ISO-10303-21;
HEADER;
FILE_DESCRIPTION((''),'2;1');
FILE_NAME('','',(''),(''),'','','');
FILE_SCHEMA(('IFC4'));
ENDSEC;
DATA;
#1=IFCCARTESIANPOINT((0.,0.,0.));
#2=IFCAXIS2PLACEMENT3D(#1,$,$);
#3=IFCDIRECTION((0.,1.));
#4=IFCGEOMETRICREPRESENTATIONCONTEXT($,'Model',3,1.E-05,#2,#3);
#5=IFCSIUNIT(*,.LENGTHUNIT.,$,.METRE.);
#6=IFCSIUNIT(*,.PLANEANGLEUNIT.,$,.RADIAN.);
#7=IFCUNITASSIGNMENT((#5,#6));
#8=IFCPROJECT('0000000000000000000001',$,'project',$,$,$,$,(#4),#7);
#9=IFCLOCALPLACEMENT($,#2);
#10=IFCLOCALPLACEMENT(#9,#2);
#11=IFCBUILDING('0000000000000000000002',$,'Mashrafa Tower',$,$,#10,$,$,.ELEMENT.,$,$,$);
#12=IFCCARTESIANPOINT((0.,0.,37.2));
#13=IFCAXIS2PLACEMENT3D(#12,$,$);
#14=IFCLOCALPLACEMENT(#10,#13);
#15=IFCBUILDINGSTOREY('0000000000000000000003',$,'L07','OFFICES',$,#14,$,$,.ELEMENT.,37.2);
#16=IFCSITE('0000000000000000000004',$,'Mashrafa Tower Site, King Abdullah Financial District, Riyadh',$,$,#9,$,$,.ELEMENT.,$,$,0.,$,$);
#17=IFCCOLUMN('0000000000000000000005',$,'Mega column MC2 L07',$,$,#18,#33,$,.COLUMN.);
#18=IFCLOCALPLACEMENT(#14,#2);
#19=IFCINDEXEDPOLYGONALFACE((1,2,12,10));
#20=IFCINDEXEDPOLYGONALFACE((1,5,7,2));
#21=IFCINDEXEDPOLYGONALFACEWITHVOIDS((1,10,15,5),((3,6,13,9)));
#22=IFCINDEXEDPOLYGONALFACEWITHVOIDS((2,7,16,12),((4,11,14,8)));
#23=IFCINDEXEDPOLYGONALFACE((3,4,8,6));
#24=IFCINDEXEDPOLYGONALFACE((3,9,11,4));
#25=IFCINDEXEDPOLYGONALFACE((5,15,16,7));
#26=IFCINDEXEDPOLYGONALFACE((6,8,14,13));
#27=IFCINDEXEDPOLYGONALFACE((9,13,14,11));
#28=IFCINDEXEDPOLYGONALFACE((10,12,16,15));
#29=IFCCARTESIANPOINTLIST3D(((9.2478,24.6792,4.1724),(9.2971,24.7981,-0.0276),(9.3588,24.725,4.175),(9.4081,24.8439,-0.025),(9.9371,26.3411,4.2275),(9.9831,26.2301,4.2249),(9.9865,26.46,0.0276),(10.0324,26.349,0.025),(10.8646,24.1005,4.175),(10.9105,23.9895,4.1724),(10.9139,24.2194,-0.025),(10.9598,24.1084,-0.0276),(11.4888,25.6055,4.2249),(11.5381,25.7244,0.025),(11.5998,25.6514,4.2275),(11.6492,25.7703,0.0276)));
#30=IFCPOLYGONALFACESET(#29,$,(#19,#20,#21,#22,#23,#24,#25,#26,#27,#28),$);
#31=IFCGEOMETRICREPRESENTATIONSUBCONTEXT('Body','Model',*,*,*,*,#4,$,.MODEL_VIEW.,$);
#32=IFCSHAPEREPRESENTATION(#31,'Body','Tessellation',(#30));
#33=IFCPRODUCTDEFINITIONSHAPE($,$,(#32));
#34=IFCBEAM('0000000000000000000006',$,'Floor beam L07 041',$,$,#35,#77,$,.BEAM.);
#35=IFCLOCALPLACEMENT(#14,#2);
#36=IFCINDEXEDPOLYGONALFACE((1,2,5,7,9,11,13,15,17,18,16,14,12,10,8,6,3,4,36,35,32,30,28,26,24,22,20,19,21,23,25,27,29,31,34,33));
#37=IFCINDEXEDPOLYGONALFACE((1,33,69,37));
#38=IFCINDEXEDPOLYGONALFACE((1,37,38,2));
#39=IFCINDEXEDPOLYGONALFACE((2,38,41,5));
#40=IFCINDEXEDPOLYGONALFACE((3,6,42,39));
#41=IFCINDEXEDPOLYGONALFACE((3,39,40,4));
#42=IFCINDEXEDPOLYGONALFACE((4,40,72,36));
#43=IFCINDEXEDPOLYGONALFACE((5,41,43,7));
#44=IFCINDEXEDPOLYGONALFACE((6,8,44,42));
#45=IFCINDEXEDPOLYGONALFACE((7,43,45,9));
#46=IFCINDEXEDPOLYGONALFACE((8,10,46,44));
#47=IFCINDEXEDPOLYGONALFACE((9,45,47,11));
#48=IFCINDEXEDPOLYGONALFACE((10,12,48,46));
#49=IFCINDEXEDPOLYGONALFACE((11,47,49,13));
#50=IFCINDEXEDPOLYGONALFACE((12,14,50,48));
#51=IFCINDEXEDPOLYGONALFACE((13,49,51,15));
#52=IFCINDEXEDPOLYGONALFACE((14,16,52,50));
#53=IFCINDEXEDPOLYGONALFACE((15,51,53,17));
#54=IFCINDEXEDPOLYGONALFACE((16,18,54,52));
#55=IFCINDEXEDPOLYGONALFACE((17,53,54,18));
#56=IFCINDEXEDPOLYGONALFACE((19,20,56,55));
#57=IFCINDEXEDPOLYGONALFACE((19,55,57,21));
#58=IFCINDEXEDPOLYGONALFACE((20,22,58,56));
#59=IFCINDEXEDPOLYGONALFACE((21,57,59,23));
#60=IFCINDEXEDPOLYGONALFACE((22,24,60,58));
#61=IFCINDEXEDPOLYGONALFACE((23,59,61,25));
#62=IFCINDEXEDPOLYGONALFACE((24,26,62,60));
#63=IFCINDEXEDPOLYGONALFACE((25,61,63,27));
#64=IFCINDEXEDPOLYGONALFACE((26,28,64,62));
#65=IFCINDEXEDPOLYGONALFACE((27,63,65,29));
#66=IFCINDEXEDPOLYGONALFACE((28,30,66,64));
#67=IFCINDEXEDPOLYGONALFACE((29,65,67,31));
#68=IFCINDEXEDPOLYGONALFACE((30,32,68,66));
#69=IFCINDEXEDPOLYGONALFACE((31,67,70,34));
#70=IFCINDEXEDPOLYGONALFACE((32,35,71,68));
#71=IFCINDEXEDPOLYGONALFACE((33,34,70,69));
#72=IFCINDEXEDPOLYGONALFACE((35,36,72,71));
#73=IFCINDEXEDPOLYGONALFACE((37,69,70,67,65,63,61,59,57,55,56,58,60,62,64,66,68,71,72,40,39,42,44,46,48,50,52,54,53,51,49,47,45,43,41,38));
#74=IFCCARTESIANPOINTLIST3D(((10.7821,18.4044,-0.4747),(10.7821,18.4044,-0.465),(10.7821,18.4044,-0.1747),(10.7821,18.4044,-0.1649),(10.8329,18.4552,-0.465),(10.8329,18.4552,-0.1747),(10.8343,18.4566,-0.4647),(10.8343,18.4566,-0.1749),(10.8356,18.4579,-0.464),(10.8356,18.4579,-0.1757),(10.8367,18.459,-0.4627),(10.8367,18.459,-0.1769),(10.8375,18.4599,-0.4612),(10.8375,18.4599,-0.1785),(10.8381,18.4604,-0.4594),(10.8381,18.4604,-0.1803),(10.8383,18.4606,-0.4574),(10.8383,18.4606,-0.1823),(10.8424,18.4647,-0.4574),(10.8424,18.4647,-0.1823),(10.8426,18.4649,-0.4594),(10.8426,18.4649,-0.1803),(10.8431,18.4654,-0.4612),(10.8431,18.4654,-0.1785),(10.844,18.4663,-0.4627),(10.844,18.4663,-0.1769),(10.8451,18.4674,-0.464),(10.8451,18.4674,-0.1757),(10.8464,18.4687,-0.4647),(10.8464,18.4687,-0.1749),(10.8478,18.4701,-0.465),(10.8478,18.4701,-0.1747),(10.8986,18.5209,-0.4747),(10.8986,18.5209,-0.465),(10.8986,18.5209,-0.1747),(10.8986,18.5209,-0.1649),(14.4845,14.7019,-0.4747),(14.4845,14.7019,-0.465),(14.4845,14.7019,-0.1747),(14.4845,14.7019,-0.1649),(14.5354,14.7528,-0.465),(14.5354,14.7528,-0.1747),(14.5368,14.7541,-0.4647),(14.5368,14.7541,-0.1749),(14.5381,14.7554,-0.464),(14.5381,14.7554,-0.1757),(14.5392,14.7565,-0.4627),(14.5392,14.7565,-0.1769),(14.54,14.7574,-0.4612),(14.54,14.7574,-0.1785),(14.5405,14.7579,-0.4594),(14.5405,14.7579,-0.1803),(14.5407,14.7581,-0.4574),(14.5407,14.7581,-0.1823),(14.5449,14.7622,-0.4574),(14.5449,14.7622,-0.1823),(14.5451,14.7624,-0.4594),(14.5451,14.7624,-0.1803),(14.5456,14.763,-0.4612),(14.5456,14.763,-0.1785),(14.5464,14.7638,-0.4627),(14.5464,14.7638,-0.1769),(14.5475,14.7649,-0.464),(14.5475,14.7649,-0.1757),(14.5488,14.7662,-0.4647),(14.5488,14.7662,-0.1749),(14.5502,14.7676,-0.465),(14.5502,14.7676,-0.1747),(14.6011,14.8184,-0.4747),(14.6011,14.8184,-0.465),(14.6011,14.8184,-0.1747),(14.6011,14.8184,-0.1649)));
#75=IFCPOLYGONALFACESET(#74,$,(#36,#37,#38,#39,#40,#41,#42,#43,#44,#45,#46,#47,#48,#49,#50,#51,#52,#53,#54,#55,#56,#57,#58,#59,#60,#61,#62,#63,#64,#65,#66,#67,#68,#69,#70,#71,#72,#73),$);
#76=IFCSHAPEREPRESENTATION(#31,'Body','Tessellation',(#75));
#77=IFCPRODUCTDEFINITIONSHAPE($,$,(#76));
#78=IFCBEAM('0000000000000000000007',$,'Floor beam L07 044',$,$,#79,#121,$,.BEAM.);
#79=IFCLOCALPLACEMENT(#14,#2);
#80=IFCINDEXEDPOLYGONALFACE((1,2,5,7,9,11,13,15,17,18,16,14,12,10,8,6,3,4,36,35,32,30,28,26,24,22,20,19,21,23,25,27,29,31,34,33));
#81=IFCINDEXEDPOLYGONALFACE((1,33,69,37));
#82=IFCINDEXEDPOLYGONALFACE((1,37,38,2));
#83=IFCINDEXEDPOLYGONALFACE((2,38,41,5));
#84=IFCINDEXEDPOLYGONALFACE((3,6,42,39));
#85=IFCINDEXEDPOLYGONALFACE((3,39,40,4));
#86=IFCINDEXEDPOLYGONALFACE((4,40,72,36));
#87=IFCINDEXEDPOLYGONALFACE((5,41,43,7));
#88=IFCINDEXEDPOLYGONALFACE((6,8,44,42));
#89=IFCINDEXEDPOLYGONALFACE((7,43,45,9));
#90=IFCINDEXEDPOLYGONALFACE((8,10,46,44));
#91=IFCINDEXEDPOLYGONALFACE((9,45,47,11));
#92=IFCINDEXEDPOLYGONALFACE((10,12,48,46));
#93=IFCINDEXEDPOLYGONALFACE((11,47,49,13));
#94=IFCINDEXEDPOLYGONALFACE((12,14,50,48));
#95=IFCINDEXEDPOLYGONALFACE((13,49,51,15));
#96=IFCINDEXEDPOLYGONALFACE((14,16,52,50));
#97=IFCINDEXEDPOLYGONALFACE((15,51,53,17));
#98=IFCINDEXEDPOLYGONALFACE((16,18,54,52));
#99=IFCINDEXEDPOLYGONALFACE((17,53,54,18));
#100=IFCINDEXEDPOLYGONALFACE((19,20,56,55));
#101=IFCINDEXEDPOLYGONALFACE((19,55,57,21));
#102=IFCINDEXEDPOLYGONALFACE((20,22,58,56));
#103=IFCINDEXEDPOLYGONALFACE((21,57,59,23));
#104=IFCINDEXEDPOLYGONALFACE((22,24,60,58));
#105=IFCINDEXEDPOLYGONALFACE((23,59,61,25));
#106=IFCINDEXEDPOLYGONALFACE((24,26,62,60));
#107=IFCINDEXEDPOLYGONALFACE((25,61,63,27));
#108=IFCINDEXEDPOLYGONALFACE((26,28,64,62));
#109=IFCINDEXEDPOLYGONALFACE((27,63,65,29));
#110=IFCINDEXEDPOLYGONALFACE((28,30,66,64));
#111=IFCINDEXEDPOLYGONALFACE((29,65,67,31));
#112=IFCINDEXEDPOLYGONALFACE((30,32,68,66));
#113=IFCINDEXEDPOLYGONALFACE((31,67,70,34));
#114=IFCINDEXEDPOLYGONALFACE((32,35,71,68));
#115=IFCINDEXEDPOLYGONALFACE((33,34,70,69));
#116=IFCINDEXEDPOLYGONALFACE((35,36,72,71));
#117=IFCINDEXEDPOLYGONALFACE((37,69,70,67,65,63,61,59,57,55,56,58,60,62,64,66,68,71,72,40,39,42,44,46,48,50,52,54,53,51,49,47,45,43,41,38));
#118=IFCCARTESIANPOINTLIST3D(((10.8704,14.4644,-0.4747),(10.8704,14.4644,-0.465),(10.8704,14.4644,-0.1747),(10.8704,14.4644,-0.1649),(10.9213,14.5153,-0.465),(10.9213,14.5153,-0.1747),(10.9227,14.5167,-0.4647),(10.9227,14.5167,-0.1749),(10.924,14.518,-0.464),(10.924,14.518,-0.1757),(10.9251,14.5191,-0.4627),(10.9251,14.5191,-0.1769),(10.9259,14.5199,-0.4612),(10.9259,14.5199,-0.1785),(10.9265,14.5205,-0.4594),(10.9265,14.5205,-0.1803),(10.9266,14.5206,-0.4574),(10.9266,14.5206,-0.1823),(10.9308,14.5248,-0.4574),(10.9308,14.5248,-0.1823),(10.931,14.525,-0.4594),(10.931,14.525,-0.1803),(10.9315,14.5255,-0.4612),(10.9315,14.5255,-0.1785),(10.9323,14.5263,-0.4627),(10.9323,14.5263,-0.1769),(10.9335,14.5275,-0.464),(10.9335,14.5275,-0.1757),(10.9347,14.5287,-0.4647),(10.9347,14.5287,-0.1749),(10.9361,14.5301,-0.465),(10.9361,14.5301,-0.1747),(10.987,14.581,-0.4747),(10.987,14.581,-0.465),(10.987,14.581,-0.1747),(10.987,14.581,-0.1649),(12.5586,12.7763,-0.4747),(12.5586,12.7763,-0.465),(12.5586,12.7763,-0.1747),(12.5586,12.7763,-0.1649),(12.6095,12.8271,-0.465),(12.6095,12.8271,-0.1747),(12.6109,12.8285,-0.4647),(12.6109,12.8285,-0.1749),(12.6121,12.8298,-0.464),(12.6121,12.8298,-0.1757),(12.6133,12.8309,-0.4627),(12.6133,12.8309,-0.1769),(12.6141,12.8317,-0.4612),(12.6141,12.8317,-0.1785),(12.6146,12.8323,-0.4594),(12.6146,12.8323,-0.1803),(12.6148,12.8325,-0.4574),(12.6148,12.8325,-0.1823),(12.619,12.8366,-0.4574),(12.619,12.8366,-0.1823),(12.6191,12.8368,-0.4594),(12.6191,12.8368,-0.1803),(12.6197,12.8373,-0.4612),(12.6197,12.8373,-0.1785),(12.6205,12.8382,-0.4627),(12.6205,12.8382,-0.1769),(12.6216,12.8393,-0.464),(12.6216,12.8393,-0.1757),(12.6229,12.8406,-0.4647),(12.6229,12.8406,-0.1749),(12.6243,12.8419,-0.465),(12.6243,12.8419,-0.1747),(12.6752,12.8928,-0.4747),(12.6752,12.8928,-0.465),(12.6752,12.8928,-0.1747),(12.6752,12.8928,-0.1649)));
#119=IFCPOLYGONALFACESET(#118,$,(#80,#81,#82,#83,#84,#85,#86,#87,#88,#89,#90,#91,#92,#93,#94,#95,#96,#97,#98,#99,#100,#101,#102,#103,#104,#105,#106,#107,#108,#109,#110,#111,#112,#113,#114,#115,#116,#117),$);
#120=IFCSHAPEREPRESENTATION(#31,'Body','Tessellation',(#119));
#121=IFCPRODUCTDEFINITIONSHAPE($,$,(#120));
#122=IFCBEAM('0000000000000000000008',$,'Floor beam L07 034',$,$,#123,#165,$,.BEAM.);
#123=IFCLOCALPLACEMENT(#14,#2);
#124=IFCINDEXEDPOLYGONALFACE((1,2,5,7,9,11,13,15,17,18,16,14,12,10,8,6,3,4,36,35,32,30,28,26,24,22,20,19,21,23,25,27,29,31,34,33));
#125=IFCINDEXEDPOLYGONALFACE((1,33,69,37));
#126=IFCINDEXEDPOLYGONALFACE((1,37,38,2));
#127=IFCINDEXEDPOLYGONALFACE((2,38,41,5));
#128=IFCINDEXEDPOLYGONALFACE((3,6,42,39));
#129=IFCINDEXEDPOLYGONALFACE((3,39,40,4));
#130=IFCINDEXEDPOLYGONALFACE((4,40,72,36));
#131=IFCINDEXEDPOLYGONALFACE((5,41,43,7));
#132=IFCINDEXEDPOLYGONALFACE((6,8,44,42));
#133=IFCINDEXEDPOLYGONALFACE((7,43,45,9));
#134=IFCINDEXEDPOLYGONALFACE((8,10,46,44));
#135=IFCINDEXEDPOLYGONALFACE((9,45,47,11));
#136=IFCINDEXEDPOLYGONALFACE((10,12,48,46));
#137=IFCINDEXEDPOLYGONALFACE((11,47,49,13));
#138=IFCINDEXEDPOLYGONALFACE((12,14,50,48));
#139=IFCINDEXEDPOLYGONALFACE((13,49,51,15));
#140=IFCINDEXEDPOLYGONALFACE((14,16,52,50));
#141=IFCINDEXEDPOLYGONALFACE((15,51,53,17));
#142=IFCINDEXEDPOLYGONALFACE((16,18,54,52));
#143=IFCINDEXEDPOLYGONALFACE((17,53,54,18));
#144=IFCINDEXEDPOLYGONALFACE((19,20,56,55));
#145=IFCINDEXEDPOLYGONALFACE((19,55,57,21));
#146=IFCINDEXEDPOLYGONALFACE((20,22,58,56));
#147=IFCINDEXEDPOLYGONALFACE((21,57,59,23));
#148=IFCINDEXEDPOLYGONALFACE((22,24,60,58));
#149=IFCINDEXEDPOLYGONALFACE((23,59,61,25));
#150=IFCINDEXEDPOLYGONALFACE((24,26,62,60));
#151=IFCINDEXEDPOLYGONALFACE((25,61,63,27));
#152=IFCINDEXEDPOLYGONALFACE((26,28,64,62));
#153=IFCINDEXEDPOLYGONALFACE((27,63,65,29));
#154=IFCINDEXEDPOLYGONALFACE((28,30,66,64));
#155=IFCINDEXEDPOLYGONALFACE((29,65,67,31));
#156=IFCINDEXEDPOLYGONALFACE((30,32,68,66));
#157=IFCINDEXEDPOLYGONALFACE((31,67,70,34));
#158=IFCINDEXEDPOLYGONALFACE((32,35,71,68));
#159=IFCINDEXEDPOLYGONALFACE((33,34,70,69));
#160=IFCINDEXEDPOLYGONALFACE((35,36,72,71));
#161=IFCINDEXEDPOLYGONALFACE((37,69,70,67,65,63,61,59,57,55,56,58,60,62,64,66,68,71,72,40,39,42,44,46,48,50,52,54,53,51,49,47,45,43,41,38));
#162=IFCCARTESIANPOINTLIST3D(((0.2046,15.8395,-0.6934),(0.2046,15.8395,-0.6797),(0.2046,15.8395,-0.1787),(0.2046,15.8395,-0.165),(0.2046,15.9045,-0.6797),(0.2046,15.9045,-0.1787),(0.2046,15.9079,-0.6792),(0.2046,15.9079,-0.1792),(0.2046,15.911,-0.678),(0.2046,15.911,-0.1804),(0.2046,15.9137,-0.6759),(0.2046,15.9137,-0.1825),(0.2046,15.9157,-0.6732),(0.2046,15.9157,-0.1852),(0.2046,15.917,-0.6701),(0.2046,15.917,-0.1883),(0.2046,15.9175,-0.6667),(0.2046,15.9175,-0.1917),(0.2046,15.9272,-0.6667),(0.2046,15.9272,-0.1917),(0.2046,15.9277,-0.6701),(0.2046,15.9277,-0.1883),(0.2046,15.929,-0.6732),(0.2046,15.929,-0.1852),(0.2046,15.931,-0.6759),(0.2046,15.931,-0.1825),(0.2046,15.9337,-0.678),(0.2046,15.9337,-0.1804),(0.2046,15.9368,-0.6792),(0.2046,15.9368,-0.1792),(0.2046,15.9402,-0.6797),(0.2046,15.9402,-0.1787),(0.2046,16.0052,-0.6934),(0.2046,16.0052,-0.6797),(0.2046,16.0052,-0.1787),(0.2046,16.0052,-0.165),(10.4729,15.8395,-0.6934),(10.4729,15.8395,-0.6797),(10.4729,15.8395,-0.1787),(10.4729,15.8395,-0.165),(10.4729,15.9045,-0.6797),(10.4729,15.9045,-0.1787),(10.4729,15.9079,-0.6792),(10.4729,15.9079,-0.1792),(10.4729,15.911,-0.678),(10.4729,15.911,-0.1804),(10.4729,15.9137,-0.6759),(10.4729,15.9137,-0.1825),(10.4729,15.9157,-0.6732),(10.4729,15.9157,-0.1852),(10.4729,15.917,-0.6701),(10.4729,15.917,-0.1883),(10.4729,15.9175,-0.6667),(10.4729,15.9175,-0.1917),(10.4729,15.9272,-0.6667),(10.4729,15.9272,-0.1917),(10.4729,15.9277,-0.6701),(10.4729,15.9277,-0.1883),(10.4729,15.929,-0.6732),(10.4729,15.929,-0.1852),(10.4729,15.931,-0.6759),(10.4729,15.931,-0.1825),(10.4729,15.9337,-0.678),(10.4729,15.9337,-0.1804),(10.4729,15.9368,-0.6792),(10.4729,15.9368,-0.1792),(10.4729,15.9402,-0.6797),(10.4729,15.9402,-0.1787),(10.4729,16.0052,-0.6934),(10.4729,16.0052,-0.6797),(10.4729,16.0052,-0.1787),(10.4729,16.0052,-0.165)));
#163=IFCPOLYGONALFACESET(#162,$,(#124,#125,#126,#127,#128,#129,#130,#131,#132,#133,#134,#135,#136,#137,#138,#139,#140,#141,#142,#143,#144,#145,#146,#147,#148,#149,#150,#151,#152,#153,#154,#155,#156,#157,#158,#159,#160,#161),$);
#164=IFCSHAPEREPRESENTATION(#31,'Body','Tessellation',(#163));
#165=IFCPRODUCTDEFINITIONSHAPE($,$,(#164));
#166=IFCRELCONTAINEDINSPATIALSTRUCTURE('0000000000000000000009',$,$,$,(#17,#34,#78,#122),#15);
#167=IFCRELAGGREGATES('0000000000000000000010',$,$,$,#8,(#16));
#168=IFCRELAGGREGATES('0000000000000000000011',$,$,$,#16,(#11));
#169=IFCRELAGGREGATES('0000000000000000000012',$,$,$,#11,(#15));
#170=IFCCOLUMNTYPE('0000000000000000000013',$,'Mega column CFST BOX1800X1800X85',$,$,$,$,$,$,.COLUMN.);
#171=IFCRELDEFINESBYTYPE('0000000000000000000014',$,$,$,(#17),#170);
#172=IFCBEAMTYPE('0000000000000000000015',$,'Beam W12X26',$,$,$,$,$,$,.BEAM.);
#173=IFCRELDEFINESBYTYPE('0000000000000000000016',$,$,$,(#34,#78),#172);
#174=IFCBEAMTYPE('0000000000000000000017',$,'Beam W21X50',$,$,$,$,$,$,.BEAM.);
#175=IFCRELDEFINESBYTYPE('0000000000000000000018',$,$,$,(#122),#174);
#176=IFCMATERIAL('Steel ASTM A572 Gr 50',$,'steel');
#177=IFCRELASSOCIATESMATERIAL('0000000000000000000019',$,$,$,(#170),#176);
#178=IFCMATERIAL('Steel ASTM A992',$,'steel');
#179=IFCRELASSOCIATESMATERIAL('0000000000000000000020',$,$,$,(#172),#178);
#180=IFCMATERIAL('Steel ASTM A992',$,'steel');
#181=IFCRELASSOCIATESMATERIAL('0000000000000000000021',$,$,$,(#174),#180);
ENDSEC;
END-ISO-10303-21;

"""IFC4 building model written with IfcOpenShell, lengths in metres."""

from ifc_helpers import new_model, si_unit, direction, frame, origin, origin_2d, place, context, subcontext, project, spatial, hollow_rectangle, i_section, extrude, material, material_profile, profile_set, type_object, element, save


model = new_model("IFC4")

# Units and contexts
model_context = context("Model", 3, precision=1e-05, world=origin(), true_north=direction((0.0, 1.0)))
body_context = subcontext(model_context, "Body", "Model", "MODEL_VIEW")
ifc_project = project(units=[si_unit("LENGTHUNIT", "METRE"), si_unit("PLANEANGLEUNIT", "RADIAN")], contexts=[model_context])

# Site, building, storey
site_placement = place(None, origin())
site = spatial("IfcSite", under=ifc_project, at=site_placement, Name="Mashrafa Tower Site, King Abdullah Financial District, Riyadh", CompositionType="ELEMENT", RefElevation=0.0)
building_placement = place(site_placement, origin())
building = spatial("IfcBuilding", under=site, at=building_placement, Name="Mashrafa Tower", CompositionType="ELEMENT")
storey_placement = place(building_placement, frame((0.0, 0.0, 37.2)))
storey = spatial("IfcBuildingStorey", under=building, at=storey_placement, Name="L07", Description="OFFICES", CompositionType="ELEMENT", Elevation=37.2)

# Column
ifc_material_1 = material(Name="Steel ASTM A572 Gr 50", Category="steel")
ifc_material_profile_1 = material_profile(ifc_material_1, hollow_rectangle(XDim=1.8, YDim=1.8, WallThickness=0.085, at=origin_2d()), Name="BOX1800X1800X85")
ifc_profile_set_1 = profile_set([ifc_material_profile_1], Name="Steel ASTM A572 Gr 50")
column_type = type_object("IfcColumnType", Name="Mega column CFST BOX1800X1800X85", PredefinedType="COLUMN", material=ifc_profile_set_1)
column_placement = place(storey_placement, frame((10.4731, 25.2842, 0.0), z_axis=(-0.011737, -0.028296, 0.999531), x_axis=(0.923693, -0.383133, 0.0)))
element("IfcColumn", 1, at=column_placement, inside=storey, type_object=column_type, Name="Mega column MC2 L07", PredefinedType="COLUMN", context=body_context, shape_type="SweptSolid", body=[
    extrude(hollow_rectangle(XDim=1.8, YDim=1.8, WallThickness=0.085, at=origin_2d()), origin(), (0.0, 0.0, 1.0), 4.2019),
])

# Beams
ifc_material_2 = material(Name="Steel ASTM A992", Category="steel")
ifc_material_profile_2 = material_profile(ifc_material_2, i_section(OverallWidth=0.1648, OverallDepth=0.3098, WebThickness=0.0059, FlangeThickness=0.0098, FilletRadius=0.0076, at=origin_2d()), Name="W12X26")
ifc_profile_set_2 = profile_set([ifc_material_profile_2], Name="Steel ASTM A992")
beam_type_1 = type_object("IfcBeamType", Name="Beam W12X26", PredefinedType="BEAM", material=ifc_profile_set_2)
beam_1_placement = place(storey_placement, frame((10.8403, 18.4626, -0.3198), z_axis=(0.707107, -0.707107, 0.0), x_axis=(0.707107, 0.707107, 0.0)))
element("IfcBeam", 2, at=beam_1_placement, inside=storey, type_object=beam_type_1, Name="Floor beam L07 041", PredefinedType="BEAM", context=body_context, shape_type="SweptSolid", body=[
    extrude(i_section(OverallWidth=0.1648, OverallDepth=0.3098, WebThickness=0.0059, FlangeThickness=0.0098, FilletRadius=0.0076, at=origin_2d()), origin(), (0.0, 0.0, 1.0), 5.2361),
])
beam_2_placement = place(storey_placement, frame((10.9287, 14.5227, -0.3198), z_axis=(0.707107, -0.707107, 0.0), x_axis=(0.707107, 0.707107, 0.0)))
element("IfcBeam", 3, at=beam_2_placement, inside=storey, type_object=beam_type_1, Name="Floor beam L07 044", PredefinedType="BEAM", context=body_context, shape_type="SweptSolid", body=[
    extrude(i_section(OverallWidth=0.1648, OverallDepth=0.3098, WebThickness=0.0059, FlangeThickness=0.0098, FilletRadius=0.0076, at=origin_2d()), origin(), (0.0, 0.0, 1.0), 2.3875),
])
ifc_material_3 = material(Name="Steel ASTM A992", Category="steel")
ifc_material_profile_3 = material_profile(ifc_material_3, i_section(OverallWidth=0.1658, OverallDepth=0.5283, WebThickness=0.0098, FlangeThickness=0.0137, FilletRadius=0.0129, at=origin_2d()), Name="W21X50")
ifc_profile_set_3 = profile_set([ifc_material_profile_3], Name="Steel ASTM A992")
beam_type_2 = type_object("IfcBeamType", Name="Beam W21X50", PredefinedType="BEAM", material=ifc_profile_set_3)
beam_3_placement = place(storey_placement, frame((0.2046, 15.9224, -0.4292), z_axis=(1.0, 0.0, 0.0), x_axis=(0.0, 1.0, 0.0)))
element("IfcBeam", 4, at=beam_3_placement, inside=storey, type_object=beam_type_2, Name="Floor beam L07 034", PredefinedType="BEAM", context=body_context, shape_type="SweptSolid", body=[
    extrude(i_section(OverallWidth=0.1658, OverallDepth=0.5283, WebThickness=0.0098, FlangeThickness=0.0137, FilletRadius=0.0129, at=origin_2d()), origin(), (0.0, 0.0, 1.0), 10.2683),
])

save(model, "model.ifc")
